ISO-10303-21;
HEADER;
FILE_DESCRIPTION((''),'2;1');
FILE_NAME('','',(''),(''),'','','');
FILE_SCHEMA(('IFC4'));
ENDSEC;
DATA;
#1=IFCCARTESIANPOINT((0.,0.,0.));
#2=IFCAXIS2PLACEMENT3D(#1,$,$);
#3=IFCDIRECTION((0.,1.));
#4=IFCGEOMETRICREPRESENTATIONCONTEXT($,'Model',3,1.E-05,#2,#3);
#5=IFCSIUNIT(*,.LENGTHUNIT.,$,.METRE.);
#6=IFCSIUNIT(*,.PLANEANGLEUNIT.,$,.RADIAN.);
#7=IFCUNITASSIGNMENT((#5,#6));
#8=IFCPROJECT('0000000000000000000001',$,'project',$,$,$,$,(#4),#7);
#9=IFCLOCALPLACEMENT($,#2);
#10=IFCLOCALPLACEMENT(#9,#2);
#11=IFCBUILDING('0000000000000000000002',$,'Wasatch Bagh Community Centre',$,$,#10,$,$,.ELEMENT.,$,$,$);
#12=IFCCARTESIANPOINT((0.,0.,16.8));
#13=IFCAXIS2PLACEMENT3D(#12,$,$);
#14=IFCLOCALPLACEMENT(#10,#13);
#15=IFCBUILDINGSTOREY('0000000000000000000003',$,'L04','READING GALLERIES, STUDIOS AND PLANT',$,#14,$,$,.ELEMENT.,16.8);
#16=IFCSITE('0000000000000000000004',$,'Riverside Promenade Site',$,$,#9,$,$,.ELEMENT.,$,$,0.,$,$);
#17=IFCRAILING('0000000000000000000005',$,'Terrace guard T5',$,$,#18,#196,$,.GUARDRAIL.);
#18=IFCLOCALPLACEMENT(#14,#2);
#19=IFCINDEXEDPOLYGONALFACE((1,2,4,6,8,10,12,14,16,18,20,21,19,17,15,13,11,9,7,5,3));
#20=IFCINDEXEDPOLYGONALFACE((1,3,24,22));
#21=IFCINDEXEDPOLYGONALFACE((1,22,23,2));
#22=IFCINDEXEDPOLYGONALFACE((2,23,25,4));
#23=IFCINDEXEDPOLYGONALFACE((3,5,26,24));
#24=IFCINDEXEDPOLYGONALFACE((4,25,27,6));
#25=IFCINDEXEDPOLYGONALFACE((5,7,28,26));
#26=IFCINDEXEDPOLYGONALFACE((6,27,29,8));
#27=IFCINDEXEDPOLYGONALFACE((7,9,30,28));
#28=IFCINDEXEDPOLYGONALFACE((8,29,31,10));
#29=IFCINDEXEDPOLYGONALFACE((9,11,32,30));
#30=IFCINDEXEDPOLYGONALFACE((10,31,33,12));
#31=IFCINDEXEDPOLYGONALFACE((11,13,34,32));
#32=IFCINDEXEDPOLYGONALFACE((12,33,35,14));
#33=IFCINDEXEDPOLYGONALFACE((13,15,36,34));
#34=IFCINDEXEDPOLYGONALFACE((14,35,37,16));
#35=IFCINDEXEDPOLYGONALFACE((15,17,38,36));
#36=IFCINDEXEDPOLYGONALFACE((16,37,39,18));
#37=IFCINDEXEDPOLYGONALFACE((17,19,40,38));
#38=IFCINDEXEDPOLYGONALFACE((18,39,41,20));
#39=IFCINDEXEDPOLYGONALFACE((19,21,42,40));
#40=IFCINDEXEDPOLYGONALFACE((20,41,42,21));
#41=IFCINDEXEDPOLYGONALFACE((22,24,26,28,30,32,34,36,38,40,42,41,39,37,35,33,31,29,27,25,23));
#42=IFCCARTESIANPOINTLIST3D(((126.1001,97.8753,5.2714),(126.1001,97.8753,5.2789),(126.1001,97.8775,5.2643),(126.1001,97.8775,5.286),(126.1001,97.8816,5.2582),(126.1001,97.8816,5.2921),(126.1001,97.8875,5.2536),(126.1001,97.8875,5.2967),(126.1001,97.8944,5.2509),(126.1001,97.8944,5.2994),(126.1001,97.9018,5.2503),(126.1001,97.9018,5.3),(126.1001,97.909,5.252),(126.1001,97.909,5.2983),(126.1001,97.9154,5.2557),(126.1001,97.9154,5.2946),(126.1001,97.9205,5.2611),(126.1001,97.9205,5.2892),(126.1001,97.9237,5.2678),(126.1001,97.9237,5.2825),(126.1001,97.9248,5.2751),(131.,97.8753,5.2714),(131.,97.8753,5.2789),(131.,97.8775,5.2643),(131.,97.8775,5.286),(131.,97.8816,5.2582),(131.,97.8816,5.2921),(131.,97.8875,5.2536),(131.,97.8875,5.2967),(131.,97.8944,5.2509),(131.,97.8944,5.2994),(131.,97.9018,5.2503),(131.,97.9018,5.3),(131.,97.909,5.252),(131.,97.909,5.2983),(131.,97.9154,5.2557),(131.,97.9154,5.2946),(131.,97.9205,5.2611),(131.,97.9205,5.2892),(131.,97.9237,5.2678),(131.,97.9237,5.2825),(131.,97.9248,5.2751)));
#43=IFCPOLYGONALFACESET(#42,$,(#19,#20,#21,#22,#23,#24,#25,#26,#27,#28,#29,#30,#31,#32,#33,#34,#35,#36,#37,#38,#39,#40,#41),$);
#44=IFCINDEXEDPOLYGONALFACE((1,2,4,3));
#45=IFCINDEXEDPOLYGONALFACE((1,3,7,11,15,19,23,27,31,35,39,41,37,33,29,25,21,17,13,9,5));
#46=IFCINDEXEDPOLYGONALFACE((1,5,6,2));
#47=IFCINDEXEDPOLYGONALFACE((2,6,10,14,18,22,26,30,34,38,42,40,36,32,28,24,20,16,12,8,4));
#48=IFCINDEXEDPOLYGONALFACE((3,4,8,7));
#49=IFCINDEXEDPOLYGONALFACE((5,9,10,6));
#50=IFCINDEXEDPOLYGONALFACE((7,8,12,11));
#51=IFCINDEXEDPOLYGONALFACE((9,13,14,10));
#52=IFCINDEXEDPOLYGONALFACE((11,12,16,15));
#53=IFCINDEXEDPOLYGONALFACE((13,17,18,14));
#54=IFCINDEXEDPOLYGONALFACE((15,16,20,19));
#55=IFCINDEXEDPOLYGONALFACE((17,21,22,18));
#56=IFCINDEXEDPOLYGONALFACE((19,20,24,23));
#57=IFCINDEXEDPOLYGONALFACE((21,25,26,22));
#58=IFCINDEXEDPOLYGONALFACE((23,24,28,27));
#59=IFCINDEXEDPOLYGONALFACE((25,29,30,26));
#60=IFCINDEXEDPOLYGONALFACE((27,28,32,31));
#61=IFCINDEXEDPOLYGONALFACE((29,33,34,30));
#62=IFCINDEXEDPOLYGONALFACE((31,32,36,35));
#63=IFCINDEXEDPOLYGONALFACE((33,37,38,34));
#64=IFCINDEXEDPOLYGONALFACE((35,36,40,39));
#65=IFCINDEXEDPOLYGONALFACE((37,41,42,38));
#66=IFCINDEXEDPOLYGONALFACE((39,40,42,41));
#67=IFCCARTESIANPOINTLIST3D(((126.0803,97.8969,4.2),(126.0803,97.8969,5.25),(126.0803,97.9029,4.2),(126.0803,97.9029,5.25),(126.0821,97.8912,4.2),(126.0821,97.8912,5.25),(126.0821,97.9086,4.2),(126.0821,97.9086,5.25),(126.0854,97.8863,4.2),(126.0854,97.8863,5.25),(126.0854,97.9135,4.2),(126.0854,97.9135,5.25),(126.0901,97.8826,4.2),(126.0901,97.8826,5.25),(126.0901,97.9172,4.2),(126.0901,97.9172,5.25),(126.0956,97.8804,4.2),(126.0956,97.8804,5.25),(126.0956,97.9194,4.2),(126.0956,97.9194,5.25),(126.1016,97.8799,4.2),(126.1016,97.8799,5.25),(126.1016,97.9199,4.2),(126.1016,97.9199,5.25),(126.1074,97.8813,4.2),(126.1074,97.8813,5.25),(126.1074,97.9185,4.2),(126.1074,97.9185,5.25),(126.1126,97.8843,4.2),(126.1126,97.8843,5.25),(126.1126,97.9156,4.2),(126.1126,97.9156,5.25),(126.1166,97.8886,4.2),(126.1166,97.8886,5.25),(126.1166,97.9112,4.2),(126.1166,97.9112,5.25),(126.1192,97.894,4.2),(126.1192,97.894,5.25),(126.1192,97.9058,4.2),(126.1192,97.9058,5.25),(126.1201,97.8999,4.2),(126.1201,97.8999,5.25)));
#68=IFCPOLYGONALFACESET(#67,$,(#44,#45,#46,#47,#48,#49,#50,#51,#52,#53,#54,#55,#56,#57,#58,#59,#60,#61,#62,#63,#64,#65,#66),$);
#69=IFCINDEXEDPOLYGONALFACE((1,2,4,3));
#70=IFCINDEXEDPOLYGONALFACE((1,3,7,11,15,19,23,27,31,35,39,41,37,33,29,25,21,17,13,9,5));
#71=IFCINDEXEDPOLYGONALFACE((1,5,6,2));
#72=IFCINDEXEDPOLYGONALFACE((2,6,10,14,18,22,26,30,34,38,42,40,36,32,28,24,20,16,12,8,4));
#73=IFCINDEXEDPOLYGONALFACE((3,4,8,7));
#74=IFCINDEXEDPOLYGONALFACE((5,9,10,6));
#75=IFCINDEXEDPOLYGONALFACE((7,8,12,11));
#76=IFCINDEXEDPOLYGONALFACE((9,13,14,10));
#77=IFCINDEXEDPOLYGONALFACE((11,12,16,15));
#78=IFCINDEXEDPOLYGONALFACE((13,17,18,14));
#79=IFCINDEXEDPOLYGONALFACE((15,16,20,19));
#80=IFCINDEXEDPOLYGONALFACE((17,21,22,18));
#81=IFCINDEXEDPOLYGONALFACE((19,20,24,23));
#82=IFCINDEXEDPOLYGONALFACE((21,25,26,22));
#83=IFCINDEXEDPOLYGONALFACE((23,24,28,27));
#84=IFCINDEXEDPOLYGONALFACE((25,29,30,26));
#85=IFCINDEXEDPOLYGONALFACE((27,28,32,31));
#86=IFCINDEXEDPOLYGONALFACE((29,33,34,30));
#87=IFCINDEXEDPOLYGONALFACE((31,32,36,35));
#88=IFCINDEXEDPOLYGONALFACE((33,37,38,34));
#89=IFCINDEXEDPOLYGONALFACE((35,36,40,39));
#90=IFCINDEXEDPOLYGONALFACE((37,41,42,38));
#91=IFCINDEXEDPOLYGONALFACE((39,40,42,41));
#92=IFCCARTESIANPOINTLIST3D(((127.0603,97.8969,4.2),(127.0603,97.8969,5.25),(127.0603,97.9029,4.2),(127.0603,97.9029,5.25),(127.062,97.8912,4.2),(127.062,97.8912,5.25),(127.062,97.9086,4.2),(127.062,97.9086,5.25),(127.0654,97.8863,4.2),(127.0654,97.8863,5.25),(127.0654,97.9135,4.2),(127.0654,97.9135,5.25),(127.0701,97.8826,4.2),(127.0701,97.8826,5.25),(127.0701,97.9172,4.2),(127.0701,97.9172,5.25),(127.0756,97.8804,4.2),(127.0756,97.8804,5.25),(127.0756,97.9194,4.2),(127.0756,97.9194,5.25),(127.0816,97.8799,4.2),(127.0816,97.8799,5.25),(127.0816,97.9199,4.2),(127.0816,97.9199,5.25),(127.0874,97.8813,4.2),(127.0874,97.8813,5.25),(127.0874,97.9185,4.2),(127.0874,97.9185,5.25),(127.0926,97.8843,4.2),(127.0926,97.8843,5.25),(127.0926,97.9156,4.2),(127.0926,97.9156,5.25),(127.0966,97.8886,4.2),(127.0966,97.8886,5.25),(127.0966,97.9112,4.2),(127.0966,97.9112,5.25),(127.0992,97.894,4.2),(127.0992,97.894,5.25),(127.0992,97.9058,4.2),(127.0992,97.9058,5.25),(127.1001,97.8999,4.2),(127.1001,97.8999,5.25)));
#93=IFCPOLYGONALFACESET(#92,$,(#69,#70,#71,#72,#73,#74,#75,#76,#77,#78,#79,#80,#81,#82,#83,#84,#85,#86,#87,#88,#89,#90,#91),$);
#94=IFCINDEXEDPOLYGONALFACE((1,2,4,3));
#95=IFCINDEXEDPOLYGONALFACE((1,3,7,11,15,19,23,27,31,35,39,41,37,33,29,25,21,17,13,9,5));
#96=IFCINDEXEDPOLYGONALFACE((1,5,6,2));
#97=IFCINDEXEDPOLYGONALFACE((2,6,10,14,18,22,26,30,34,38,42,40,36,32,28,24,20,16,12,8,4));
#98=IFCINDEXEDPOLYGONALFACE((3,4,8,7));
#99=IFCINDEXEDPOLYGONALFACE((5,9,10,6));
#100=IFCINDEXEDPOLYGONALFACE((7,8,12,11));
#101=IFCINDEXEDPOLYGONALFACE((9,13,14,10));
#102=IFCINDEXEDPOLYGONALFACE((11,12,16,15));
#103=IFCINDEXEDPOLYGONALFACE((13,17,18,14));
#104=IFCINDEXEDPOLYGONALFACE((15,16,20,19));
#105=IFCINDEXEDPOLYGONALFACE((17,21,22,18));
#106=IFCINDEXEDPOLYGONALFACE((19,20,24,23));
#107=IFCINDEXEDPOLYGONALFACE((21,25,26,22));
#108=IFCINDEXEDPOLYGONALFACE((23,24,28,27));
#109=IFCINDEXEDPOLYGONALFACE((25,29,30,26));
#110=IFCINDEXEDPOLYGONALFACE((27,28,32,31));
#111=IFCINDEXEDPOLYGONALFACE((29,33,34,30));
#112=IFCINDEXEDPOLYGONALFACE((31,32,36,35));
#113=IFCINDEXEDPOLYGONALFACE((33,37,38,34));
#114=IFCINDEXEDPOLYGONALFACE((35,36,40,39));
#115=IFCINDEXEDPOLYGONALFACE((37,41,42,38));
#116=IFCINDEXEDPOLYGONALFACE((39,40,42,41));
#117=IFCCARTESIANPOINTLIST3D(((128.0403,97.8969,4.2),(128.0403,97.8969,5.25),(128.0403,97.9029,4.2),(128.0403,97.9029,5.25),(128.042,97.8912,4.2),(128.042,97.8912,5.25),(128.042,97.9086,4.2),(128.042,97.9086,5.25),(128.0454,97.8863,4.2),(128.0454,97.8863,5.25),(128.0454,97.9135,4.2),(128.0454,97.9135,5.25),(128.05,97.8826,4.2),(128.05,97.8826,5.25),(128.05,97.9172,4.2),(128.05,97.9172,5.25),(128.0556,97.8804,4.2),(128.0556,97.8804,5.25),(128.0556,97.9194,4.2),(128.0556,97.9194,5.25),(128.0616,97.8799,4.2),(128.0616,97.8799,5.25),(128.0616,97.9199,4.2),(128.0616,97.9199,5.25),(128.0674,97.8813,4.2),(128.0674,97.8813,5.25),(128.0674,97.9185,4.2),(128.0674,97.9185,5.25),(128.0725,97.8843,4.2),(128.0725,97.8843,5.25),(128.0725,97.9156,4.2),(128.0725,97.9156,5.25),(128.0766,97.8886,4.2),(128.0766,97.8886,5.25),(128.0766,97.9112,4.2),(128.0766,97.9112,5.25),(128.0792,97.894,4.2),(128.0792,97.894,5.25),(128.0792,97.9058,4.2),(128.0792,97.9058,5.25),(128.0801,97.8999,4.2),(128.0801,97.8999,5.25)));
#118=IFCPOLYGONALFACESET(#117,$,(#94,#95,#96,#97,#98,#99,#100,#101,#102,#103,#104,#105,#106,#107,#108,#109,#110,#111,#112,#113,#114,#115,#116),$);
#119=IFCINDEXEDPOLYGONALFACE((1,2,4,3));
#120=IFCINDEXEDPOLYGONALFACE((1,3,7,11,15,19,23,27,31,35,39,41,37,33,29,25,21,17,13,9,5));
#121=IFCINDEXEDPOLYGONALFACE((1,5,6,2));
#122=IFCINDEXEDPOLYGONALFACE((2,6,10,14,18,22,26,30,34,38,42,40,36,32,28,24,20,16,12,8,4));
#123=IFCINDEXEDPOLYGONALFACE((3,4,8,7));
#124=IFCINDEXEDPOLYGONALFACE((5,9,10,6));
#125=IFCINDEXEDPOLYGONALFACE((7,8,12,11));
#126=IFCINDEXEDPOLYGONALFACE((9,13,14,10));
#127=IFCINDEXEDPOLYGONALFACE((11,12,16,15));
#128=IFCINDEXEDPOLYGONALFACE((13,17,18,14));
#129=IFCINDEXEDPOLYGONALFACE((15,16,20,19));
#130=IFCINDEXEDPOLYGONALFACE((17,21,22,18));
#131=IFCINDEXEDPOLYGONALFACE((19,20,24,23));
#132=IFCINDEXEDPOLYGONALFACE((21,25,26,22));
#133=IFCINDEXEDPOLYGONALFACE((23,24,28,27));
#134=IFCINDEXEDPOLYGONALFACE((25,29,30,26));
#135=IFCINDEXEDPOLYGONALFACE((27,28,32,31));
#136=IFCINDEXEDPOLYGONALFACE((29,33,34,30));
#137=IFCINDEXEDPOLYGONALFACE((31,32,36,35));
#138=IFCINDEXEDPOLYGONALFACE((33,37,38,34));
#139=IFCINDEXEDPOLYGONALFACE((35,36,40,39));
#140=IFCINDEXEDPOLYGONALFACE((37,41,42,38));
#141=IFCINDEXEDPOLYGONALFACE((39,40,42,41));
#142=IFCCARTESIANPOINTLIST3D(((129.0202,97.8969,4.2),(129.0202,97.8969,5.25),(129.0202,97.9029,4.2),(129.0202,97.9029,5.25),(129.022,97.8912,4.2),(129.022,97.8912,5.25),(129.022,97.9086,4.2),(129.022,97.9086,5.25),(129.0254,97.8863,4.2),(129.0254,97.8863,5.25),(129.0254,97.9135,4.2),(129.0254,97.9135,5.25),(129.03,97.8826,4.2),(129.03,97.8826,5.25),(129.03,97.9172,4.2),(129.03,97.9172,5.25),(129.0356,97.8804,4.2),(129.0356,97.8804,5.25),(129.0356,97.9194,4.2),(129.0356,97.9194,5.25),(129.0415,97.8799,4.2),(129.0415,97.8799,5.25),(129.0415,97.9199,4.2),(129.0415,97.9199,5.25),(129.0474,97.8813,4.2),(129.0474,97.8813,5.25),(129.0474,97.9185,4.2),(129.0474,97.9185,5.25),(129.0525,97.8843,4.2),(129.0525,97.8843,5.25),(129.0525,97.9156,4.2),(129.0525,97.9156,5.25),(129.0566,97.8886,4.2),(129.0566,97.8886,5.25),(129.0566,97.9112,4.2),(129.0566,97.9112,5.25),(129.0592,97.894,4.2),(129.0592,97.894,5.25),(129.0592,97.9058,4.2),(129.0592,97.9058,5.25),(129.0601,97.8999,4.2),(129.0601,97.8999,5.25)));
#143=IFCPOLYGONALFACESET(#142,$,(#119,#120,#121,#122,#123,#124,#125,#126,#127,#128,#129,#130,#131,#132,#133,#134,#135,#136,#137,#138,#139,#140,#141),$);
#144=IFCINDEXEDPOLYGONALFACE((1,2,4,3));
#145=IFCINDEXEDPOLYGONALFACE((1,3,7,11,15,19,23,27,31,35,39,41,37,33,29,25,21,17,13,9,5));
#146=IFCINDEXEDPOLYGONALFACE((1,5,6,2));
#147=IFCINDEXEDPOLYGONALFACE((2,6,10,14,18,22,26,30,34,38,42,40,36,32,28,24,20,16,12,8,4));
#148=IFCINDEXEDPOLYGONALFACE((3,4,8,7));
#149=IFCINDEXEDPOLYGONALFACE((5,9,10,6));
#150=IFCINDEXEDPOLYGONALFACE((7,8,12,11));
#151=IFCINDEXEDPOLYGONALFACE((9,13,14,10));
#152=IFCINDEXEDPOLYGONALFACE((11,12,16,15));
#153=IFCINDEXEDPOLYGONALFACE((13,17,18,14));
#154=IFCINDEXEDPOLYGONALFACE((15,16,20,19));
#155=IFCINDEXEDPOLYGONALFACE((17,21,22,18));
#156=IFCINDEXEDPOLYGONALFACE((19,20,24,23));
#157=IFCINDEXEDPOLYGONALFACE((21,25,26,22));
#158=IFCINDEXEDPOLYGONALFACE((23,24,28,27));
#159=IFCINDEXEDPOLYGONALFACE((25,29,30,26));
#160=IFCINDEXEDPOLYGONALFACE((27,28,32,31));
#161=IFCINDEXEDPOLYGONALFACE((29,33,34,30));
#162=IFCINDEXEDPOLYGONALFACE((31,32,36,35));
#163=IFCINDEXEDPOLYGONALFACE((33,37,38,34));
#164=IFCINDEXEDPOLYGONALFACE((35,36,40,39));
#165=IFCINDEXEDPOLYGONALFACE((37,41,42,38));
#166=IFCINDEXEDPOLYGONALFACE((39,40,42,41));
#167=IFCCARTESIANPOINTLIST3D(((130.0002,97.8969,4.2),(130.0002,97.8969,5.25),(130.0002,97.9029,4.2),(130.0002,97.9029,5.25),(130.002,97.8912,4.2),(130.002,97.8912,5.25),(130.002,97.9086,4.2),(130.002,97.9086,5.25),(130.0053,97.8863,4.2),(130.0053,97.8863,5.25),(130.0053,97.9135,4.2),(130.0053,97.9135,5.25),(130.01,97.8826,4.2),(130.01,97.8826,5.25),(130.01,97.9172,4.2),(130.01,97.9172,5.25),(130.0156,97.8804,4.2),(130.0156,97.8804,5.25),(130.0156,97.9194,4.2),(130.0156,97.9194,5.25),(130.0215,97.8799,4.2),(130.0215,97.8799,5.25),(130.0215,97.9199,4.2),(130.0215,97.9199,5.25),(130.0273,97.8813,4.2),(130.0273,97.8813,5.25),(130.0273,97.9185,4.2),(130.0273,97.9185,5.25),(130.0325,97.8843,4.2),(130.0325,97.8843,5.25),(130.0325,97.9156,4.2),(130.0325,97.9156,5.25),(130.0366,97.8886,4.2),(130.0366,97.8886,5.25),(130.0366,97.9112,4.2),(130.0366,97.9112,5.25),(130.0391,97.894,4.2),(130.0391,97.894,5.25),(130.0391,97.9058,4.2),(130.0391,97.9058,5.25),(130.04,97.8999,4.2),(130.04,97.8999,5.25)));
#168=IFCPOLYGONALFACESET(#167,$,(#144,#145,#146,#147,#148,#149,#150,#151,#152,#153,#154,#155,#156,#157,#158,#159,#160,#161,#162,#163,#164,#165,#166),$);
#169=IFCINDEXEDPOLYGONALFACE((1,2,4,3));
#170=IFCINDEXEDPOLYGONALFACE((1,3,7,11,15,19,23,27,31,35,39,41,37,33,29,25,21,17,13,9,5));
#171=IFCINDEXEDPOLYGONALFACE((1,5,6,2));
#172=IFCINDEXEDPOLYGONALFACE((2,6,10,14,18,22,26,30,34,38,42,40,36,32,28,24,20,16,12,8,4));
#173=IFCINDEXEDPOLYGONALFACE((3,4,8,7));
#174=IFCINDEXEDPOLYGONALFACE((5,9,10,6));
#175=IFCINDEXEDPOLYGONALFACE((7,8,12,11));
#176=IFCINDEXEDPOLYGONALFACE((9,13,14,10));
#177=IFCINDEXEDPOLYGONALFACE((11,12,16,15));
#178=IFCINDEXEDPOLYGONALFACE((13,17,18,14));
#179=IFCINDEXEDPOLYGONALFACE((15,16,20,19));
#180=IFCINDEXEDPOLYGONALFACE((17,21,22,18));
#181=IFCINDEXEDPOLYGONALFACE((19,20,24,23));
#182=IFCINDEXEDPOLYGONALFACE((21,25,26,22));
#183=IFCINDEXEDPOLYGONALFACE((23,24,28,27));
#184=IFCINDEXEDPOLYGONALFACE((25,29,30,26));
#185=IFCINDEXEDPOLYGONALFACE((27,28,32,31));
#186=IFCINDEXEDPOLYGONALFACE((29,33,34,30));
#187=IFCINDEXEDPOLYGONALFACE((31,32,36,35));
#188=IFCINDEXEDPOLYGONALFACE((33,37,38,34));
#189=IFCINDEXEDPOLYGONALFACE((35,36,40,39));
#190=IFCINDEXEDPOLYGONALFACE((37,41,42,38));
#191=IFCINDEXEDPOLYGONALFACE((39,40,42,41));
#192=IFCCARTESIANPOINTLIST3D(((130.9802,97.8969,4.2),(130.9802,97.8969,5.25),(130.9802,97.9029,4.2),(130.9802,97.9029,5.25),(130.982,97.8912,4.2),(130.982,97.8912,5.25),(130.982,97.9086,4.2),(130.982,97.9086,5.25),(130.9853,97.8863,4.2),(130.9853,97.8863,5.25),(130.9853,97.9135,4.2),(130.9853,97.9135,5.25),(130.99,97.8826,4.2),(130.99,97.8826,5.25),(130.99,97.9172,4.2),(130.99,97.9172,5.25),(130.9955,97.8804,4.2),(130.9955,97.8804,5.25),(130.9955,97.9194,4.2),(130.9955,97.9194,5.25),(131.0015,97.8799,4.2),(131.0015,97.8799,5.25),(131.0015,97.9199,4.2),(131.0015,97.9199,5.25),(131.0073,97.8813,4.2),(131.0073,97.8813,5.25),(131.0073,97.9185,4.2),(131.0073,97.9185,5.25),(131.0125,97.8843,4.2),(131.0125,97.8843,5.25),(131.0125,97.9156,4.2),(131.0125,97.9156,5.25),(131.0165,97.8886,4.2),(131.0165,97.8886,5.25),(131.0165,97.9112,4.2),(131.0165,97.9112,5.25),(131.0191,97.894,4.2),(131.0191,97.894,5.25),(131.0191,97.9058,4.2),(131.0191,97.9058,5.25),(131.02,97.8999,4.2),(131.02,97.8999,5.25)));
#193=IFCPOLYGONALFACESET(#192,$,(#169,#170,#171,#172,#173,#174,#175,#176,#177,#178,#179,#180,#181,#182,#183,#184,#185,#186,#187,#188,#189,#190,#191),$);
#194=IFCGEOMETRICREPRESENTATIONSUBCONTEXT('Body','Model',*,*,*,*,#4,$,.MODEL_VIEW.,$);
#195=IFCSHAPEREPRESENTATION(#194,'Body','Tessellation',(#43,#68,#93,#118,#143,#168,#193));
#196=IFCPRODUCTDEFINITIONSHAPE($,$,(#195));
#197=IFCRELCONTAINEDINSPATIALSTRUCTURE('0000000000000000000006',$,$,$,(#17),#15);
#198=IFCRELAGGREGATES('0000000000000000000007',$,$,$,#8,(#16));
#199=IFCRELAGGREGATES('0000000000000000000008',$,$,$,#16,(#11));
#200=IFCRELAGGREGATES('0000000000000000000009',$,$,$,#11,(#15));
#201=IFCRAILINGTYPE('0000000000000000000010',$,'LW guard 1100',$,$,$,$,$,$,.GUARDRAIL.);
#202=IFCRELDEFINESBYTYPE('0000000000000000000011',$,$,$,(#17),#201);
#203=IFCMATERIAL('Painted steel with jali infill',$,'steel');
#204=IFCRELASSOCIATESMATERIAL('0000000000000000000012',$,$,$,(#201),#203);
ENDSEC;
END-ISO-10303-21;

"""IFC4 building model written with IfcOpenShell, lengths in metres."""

from ifc_helpers import new_model, si_unit, direction, frame, origin, origin_2d, place, context, subcontext, project, spatial, circle, extrude, material, type_object, element, save


model = new_model("IFC4")

# Units and contexts
model_context = context("Model", 3, precision=1e-05, world=origin(), true_north=direction((0.0, 1.0)))
body_context = subcontext(model_context, "Body", "Model", "MODEL_VIEW")
ifc_project = project(units=[si_unit("LENGTHUNIT", "METRE"), si_unit("PLANEANGLEUNIT", "RADIAN")], contexts=[model_context])

# Site, building, storey
site_placement = place(None, origin())
site = spatial("IfcSite", under=ifc_project, at=site_placement, Name="Riverside Promenade Site", CompositionType="ELEMENT", RefElevation=0.0)
building_placement = place(site_placement, origin())
building = spatial("IfcBuilding", under=site, at=building_placement, Name="Wasatch Bagh Community Centre", CompositionType="ELEMENT")
storey_placement = place(building_placement, frame((0.0, 0.0, 16.8)))
storey = spatial("IfcBuildingStorey", under=building, at=storey_placement, Name="L04", Description="READING GALLERIES, STUDIOS AND PLANT", CompositionType="ELEMENT", Elevation=16.8)

# Railing
ifc_material_1 = material(Name="Painted steel with jali infill", Category="steel")
railing_type = type_object("IfcRailingType", Name="LW guard 1100", PredefinedType="GUARDRAIL", material=ifc_material_1)
railing_1_placement = place(storey_placement, frame((126.1001, 97.8999, 4.2)))
element("IfcRailing", 1, at=railing_1_placement, inside=storey, type_object=railing_type, Name="Terrace guard T5", PredefinedType="GUARDRAIL", context=body_context, shape_type="SweptSolid", body=[
    extrude(circle(Radius=0.0249, at=origin_2d()), frame((0.0, 0.0, 1.0752), z_axis=(1.0, 0.0, 0.0), x_axis=(0.0, 1.0, 0.0)), (0.0, 0.0, 1.0), 4.8999),
    extrude(circle(Radius=0.02, at=origin_2d()), origin(), (0.0, 0.0, 1.0), 1.05),
    extrude(circle(Radius=0.02, at=origin_2d()), frame((0.98, 0.0, 0.0)), (0.0, 0.0, 1.0), 1.05),
    extrude(circle(Radius=0.02, at=origin_2d()), frame((1.96, 0.0, 0.0)), (0.0, 0.0, 1.0), 1.05),
    extrude(circle(Radius=0.02, at=origin_2d()), frame((2.9399, 0.0, 0.0)), (0.0, 0.0, 1.0), 1.05),
    extrude(circle(Radius=0.02, at=origin_2d()), frame((3.9199, 0.0, 0.0)), (0.0, 0.0, 1.0), 1.05),
    extrude(circle(Radius=0.02, at=origin_2d()), frame((4.8999, 0.0, 0.0)), (0.0, 0.0, 1.0), 1.05),
])

save(model, "model.ifc")
